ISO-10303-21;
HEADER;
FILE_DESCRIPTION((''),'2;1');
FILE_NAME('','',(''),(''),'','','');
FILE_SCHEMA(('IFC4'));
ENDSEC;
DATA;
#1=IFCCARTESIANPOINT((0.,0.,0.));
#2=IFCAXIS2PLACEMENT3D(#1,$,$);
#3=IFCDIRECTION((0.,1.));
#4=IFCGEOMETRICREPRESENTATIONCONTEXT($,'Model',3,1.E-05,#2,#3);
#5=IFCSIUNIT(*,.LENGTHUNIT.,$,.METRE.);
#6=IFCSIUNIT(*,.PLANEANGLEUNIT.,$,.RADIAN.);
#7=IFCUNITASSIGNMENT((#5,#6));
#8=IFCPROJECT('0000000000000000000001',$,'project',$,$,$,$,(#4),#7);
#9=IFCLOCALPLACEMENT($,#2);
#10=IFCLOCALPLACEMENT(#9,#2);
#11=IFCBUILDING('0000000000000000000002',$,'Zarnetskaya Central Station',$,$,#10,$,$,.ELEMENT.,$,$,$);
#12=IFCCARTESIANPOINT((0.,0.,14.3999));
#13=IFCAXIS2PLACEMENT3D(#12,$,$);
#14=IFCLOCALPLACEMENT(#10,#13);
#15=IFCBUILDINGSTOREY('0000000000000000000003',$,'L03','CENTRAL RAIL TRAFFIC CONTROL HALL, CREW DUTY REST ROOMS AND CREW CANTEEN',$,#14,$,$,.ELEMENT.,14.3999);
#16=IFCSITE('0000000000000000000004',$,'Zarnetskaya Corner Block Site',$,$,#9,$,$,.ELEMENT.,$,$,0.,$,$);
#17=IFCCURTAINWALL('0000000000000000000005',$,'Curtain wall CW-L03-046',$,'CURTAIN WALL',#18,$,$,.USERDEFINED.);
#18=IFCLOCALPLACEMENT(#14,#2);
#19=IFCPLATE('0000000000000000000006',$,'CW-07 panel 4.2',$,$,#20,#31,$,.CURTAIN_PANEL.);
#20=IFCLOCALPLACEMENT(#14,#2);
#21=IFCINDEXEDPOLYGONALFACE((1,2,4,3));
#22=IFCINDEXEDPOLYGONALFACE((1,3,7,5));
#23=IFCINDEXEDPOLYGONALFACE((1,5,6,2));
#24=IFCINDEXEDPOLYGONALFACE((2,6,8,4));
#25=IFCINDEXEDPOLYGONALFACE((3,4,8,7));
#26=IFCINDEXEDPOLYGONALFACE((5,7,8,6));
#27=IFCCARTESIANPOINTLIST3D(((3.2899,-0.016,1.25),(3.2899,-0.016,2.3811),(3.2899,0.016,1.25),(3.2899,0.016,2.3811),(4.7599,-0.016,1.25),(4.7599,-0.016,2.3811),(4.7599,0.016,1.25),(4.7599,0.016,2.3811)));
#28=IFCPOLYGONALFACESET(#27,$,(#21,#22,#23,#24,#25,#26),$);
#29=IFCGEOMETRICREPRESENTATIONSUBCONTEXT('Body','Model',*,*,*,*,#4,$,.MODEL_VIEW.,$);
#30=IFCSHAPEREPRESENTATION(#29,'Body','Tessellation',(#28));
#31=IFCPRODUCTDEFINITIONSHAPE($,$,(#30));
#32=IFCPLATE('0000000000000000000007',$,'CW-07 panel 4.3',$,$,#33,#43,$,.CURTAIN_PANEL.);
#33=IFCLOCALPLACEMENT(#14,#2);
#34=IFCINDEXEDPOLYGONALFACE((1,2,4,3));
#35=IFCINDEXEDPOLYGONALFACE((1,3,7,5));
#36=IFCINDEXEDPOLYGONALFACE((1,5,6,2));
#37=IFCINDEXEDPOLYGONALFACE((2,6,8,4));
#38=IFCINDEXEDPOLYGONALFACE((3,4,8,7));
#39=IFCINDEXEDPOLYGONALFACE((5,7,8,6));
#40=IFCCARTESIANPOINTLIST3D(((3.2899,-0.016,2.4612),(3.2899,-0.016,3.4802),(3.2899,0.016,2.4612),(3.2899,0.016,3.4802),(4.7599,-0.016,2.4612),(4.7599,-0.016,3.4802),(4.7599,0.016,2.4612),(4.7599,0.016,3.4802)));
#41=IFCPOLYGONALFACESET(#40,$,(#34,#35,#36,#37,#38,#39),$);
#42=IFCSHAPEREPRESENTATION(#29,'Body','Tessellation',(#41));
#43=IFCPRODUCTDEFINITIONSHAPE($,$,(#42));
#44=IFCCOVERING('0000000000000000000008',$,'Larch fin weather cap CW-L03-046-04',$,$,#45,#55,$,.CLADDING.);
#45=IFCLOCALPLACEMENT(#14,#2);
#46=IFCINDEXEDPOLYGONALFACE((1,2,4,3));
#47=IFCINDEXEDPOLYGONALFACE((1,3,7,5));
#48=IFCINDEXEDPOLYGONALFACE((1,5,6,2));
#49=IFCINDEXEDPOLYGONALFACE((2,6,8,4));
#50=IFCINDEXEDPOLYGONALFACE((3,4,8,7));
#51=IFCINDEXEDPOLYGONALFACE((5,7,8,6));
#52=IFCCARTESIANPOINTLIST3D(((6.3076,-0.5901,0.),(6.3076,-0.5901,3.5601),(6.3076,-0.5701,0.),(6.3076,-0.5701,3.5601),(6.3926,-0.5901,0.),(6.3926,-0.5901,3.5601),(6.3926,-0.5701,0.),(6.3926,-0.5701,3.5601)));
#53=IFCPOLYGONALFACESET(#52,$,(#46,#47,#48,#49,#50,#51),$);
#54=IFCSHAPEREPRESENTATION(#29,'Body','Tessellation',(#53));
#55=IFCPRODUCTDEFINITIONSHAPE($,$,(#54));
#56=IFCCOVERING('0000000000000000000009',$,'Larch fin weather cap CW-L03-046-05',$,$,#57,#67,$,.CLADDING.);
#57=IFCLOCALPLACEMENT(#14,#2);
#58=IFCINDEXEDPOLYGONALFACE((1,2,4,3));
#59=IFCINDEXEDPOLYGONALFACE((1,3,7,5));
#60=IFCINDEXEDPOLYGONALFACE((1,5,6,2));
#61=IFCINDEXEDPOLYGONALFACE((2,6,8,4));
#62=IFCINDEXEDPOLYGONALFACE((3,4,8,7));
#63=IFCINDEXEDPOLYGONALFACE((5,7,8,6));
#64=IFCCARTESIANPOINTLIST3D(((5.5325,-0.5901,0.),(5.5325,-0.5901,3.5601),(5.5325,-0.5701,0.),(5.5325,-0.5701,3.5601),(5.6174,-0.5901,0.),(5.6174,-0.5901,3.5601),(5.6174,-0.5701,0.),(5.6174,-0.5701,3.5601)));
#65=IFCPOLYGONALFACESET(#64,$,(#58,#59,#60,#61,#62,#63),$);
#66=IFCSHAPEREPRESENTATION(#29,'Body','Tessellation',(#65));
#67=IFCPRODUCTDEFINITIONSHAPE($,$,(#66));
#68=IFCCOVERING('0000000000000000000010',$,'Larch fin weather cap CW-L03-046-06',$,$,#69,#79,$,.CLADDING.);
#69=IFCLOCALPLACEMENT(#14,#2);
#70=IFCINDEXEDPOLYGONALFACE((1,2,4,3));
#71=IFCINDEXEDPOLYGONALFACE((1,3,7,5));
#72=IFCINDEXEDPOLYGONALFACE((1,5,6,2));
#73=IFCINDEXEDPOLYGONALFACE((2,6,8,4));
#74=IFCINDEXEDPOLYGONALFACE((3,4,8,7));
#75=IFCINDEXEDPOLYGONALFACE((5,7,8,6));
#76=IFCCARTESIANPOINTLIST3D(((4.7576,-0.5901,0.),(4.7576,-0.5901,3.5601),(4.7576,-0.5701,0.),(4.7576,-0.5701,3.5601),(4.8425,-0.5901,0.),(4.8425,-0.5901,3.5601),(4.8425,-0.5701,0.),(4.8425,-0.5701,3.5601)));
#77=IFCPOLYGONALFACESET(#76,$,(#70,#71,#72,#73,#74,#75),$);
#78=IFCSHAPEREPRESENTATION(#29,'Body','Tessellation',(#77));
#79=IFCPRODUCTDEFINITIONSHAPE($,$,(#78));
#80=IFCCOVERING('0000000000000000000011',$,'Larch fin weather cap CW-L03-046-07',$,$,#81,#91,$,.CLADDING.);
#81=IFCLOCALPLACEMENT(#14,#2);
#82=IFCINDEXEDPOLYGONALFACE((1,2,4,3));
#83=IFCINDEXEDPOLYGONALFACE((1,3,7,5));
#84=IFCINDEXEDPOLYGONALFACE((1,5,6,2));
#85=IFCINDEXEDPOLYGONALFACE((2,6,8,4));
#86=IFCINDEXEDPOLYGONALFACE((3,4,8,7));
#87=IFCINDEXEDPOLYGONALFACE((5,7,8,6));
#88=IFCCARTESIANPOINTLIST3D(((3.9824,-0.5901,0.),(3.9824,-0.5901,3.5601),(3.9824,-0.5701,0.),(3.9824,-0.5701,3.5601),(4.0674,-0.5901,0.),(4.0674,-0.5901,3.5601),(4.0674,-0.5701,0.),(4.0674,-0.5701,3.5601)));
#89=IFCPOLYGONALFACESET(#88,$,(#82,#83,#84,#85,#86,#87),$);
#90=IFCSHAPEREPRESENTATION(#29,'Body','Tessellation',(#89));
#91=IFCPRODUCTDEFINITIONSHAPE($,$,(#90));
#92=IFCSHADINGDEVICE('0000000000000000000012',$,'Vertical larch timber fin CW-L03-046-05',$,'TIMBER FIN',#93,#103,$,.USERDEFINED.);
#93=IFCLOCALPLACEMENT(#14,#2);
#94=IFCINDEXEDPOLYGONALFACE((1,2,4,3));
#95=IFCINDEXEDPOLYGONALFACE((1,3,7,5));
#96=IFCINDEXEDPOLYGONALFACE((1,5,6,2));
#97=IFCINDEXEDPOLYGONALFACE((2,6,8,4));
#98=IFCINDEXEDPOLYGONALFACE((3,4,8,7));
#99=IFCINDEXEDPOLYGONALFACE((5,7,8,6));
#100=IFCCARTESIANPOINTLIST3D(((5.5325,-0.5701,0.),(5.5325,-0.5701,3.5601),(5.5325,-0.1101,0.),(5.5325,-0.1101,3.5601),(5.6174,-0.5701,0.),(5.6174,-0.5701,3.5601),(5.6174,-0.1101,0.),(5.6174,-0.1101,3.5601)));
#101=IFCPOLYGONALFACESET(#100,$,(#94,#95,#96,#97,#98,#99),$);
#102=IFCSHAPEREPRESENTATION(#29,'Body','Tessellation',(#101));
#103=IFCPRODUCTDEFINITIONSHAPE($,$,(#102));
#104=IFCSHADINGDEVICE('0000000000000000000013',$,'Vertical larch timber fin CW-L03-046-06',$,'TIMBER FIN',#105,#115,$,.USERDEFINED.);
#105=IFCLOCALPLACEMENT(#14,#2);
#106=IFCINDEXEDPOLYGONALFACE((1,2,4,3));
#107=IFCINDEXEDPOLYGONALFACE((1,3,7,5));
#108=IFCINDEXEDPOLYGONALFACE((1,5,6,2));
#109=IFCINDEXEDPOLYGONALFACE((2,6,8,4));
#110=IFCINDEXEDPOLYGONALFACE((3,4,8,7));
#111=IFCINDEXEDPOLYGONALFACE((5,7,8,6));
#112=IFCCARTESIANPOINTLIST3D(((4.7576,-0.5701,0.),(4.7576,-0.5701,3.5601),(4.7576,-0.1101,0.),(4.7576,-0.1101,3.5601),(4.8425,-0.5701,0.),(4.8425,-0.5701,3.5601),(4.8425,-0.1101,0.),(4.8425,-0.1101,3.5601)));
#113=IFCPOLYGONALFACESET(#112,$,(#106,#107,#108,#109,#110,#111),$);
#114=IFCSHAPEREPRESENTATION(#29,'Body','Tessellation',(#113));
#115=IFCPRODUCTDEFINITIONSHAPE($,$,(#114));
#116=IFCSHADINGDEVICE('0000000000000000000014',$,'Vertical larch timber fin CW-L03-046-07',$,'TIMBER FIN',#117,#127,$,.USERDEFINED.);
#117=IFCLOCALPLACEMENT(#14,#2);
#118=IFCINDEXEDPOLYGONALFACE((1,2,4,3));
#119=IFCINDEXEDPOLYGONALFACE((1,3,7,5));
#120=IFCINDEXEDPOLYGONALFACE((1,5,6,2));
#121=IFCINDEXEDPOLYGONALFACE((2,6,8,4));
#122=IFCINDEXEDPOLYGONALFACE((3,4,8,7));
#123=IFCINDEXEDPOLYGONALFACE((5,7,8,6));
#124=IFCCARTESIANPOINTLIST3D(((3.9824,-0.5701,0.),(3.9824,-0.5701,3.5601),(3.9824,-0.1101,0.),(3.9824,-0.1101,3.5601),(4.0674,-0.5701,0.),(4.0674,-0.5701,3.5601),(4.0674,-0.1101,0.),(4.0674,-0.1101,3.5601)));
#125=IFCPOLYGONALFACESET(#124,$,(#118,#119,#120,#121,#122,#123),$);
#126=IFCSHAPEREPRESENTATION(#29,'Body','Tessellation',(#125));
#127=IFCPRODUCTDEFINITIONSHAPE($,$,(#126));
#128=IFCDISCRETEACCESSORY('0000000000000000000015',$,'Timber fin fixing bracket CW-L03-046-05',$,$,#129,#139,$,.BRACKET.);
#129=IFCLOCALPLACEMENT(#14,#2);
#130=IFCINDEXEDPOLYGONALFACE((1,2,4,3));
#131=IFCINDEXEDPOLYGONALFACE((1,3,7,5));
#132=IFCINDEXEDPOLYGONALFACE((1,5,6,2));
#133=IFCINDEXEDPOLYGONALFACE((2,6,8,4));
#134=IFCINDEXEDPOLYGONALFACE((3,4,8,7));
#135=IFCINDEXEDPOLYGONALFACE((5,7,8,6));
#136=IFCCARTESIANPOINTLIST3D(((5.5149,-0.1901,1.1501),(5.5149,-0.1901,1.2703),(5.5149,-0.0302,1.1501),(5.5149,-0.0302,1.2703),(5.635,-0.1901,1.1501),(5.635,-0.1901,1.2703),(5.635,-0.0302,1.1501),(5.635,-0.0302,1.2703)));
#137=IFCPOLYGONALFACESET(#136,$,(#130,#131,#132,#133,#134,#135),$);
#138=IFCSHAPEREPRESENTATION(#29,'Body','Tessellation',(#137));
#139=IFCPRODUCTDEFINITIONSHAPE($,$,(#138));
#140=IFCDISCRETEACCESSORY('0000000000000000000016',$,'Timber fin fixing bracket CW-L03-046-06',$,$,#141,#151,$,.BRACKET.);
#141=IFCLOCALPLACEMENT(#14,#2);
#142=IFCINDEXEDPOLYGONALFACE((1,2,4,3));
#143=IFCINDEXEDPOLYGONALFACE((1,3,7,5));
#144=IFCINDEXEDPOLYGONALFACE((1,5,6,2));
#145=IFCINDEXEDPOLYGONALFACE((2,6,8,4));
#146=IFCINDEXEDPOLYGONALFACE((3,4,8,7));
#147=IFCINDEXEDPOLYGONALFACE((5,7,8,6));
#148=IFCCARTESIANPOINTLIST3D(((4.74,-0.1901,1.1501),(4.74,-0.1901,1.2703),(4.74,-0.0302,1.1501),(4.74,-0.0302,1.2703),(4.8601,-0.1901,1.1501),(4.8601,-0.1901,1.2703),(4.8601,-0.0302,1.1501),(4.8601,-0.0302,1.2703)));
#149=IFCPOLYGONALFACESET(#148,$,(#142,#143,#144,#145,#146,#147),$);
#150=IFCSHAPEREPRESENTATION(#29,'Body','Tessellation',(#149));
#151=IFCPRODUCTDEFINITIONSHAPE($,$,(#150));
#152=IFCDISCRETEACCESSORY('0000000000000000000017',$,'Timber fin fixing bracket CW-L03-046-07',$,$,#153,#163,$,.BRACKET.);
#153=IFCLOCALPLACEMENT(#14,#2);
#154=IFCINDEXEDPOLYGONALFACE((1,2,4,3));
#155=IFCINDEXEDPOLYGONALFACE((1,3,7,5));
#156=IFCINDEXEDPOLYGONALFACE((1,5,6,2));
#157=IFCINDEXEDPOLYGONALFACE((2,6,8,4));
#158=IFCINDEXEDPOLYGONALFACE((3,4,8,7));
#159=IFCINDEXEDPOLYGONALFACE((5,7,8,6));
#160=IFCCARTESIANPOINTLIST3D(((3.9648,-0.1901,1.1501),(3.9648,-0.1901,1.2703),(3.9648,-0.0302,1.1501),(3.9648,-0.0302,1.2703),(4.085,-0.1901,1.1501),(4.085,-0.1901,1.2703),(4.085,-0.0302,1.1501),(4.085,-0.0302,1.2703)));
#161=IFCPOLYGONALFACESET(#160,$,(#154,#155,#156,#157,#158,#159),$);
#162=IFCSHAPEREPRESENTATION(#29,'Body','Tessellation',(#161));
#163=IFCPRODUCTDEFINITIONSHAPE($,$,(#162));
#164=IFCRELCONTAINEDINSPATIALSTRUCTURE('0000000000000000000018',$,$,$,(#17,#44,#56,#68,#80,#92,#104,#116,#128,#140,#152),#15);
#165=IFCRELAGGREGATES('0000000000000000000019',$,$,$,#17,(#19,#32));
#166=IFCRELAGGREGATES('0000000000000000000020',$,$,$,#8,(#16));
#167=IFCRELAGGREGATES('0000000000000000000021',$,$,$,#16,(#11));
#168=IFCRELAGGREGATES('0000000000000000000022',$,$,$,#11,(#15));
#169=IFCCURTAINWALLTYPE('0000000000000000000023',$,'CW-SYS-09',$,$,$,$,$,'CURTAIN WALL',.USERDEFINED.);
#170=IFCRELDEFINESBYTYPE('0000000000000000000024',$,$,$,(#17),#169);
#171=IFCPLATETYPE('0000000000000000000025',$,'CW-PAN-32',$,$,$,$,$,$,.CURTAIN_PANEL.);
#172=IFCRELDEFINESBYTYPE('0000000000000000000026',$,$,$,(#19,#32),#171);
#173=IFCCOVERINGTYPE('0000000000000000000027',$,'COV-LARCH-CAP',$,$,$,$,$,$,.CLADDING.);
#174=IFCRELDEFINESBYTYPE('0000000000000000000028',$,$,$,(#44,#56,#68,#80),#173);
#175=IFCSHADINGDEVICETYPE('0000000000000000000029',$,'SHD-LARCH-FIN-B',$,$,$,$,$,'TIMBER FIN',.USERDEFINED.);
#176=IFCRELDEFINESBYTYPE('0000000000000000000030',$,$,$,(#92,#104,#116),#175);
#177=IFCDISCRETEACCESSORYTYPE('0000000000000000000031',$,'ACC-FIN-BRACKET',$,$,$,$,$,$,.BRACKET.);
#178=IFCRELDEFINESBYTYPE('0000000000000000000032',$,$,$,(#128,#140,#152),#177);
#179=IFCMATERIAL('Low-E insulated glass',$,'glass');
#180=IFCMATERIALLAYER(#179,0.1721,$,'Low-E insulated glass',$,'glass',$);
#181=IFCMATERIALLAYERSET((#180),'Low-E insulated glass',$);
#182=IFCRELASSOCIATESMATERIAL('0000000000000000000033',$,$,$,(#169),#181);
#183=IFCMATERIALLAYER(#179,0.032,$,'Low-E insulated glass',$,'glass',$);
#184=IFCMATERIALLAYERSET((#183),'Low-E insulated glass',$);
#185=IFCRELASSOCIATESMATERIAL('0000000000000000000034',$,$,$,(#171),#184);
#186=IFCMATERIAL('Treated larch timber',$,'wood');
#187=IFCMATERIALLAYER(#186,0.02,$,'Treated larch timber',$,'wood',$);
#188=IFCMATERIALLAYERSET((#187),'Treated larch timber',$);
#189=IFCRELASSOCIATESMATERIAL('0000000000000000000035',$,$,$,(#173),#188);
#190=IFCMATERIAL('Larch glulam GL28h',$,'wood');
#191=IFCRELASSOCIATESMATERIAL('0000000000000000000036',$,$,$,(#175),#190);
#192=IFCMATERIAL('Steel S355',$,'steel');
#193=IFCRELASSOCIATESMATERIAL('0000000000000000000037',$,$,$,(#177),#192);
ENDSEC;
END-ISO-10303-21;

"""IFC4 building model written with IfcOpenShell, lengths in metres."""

from ifc_helpers import new_model, si_unit, direction, frame, origin, origin_2d, place, context, subcontext, project, spatial, rectangle, extrude, material, layer, layer_set, type_object, element, aggregate, save


model = new_model("IFC4")

# Units and contexts
model_context = context("Model", 3, precision=1e-05, world=origin(), true_north=direction((0.0, 1.0)))
body_context = subcontext(model_context, "Body", "Model", "MODEL_VIEW")
ifc_project = project(units=[si_unit("LENGTHUNIT", "METRE"), si_unit("PLANEANGLEUNIT", "RADIAN")], contexts=[model_context])

# Site, building, storey
site_placement = place(None, origin())
site = spatial("IfcSite", under=ifc_project, at=site_placement, Name="Zarnetskaya Corner Block Site", CompositionType="ELEMENT", RefElevation=0.0)
building_placement = place(site_placement, origin())
building = spatial("IfcBuilding", under=site, at=building_placement, Name="Zarnetskaya Central Station", CompositionType="ELEMENT")
storey_placement = place(building_placement, frame((0.0, 0.0, 14.3999)))
storey = spatial("IfcBuildingStorey", under=building, at=storey_placement, Name="L03", Description="CENTRAL RAIL TRAFFIC CONTROL HALL, CREW DUTY REST ROOMS AND CREW CANTEEN", CompositionType="ELEMENT", Elevation=14.3999)

# Curtain wall, plates
ifc_material_1 = material(Name="Low-E insulated glass", Category="glass")
ifc_layer_1 = layer(ifc_material_1, 0.1721, Name="Low-E insulated glass", Category="glass")
ifc_layer_set_1 = layer_set([ifc_layer_1], Name="Low-E insulated glass")
curtain_wall_type = type_object("IfcCurtainWallType", Name="CW-SYS-09", ElementType="CURTAIN WALL", PredefinedType="USERDEFINED", material=ifc_layer_set_1)
curtain_wall_placement = place(storey_placement, origin())
curtain_wall = element("IfcCurtainWall", 1, at=curtain_wall_placement, inside=storey, type_object=curtain_wall_type, Name="Curtain wall CW-L03-046", ObjectType="CURTAIN WALL", PredefinedType="USERDEFINED")
ifc_layer_2 = layer(ifc_material_1, 0.032, Name="Low-E insulated glass", Category="glass")
ifc_layer_set_2 = layer_set([ifc_layer_2], Name="Low-E insulated glass")
plate_type = type_object("IfcPlateType", Name="CW-PAN-32", PredefinedType="CURTAIN_PANEL", material=ifc_layer_set_2)
plate_1_placement = place(storey_placement, frame((4.0249, 0.0, 1.25), z_axis=(0.0, 0.0, 1.0), x_axis=(-1.0, 0.0, 0.0)))
plate_1 = element("IfcPlate", 2, at=plate_1_placement, type_object=plate_type, Name="CW-07 panel 4.2", PredefinedType="CURTAIN_PANEL", context=body_context, shape_type="SweptSolid", body=[
    extrude(rectangle(XDim=1.47, YDim=0.032, at=origin_2d()), origin(), (0.0, 0.0, 1.0), 1.1311),
])
plate_2_placement = place(storey_placement, frame((4.0249, 0.0, 2.4612), z_axis=(0.0, 0.0, 1.0), x_axis=(-1.0, 0.0, 0.0)))
plate_2 = element("IfcPlate", 3, at=plate_2_placement, type_object=plate_type, Name="CW-07 panel 4.3", PredefinedType="CURTAIN_PANEL", context=body_context, shape_type="SweptSolid", body=[
    extrude(rectangle(XDim=1.47, YDim=0.032, at=origin_2d()), origin(), (0.0, 0.0, 1.0), 1.019),
])
aggregate(curtain_wall, [plate_1, plate_2])

# Coverings
ifc_material_2 = material(Name="Treated larch timber", Category="wood")
ifc_layer_3 = layer(ifc_material_2, 0.02, Name="Treated larch timber", Category="wood")
ifc_layer_set_3 = layer_set([ifc_layer_3], Name="Treated larch timber")
covering_type = type_object("IfcCoveringType", Name="COV-LARCH-CAP", PredefinedType="CLADDING", material=ifc_layer_set_3)
for number, where, z_axis, x_axis, name in (
    (4, (6.3501, -0.5801, 0.0), (0.0, 0.0, 1.0), (-1.0, 0.0, 0.0), "Larch fin weather cap CW-L03-046-04"),
    (5, (5.575, -0.5801, 0.0), (0.0, 0.0, 1.0), (-1.0, 0.0, 0.0), "Larch fin weather cap CW-L03-046-05"),
    (6, (4.8, -0.5801, 0.0), (0.0, 0.0, 1.0), (-1.0, 0.0, 0.0), "Larch fin weather cap CW-L03-046-06"),
    (7, (4.0249, -0.5801, 0.0), (0.0, 0.0, 1.0), (-1.0, 0.0, 0.0), "Larch fin weather cap CW-L03-046-07"),
):
    element("IfcCovering", number, at=place(storey_placement, frame(where, z_axis=z_axis, x_axis=x_axis)), inside=storey, type_object=covering_type, Name=name, PredefinedType="CLADDING", context=body_context, shape_type="SweptSolid", body=[
        extrude(rectangle(XDim=0.085, YDim=0.02, at=origin_2d()), origin(), (0.0, 0.0, 1.0), 3.5601),
    ])

# Shading devices
ifc_material_3 = material(Name="Larch glulam GL28h", Category="wood")
shading_device_type = type_object("IfcShadingDeviceType", Name="SHD-LARCH-FIN-B", ElementType="TIMBER FIN", PredefinedType="USERDEFINED", material=ifc_material_3)
for number, where, z_axis, x_axis, name in (
    (8, (5.575, -0.3401, 0.0), (0.0, 0.0, 1.0), (-1.0, 0.0, 0.0), "Vertical larch timber fin CW-L03-046-05"),
    (9, (4.8, -0.3401, 0.0), (0.0, 0.0, 1.0), (-1.0, 0.0, 0.0), "Vertical larch timber fin CW-L03-046-06"),
    (10, (4.0249, -0.3401, 0.0), (0.0, 0.0, 1.0), (-1.0, 0.0, 0.0), "Vertical larch timber fin CW-L03-046-07"),
):
    element("IfcShadingDevice", number, at=place(storey_placement, frame(where, z_axis=z_axis, x_axis=x_axis)), inside=storey, type_object=shading_device_type, Name=name, ObjectType="TIMBER FIN", PredefinedType="USERDEFINED", context=body_context, shape_type="SweptSolid", body=[
        extrude(rectangle(XDim=0.085, YDim=0.46, at=origin_2d()), origin(), (0.0, 0.0, 1.0), 3.5601),
    ])

# Discrete accessories
ifc_material_4 = material(Name="Steel S355", Category="steel")
discrete_accessory_type = type_object("IfcDiscreteAccessoryType", Name="ACC-FIN-BRACKET", PredefinedType="BRACKET", material=ifc_material_4)
for number, where, z_axis, x_axis, name in (
    (11, (5.575, -0.1101, 1.1501), (0.0, 0.0, 1.0), (-1.0, 0.0, 0.0), "Timber fin fixing bracket CW-L03-046-05"),
    (12, (4.8, -0.1101, 1.1501), (0.0, 0.0, 1.0), (-1.0, 0.0, 0.0), "Timber fin fixing bracket CW-L03-046-06"),
    (13, (4.0249, -0.1101, 1.1501), (0.0, 0.0, 1.0), (-1.0, 0.0, 0.0), "Timber fin fixing bracket CW-L03-046-07"),
):
    element("IfcDiscreteAccessory", number, at=place(storey_placement, frame(where, z_axis=z_axis, x_axis=x_axis)), inside=storey, type_object=discrete_accessory_type, Name=name, PredefinedType="BRACKET", context=body_context, shape_type="SweptSolid", body=[
        extrude(rectangle(XDim=0.1201, YDim=0.1599, at=origin_2d()), origin(), (0.0, 0.0, 1.0), 0.1201),
    ])

save(model, "model.ifc")
